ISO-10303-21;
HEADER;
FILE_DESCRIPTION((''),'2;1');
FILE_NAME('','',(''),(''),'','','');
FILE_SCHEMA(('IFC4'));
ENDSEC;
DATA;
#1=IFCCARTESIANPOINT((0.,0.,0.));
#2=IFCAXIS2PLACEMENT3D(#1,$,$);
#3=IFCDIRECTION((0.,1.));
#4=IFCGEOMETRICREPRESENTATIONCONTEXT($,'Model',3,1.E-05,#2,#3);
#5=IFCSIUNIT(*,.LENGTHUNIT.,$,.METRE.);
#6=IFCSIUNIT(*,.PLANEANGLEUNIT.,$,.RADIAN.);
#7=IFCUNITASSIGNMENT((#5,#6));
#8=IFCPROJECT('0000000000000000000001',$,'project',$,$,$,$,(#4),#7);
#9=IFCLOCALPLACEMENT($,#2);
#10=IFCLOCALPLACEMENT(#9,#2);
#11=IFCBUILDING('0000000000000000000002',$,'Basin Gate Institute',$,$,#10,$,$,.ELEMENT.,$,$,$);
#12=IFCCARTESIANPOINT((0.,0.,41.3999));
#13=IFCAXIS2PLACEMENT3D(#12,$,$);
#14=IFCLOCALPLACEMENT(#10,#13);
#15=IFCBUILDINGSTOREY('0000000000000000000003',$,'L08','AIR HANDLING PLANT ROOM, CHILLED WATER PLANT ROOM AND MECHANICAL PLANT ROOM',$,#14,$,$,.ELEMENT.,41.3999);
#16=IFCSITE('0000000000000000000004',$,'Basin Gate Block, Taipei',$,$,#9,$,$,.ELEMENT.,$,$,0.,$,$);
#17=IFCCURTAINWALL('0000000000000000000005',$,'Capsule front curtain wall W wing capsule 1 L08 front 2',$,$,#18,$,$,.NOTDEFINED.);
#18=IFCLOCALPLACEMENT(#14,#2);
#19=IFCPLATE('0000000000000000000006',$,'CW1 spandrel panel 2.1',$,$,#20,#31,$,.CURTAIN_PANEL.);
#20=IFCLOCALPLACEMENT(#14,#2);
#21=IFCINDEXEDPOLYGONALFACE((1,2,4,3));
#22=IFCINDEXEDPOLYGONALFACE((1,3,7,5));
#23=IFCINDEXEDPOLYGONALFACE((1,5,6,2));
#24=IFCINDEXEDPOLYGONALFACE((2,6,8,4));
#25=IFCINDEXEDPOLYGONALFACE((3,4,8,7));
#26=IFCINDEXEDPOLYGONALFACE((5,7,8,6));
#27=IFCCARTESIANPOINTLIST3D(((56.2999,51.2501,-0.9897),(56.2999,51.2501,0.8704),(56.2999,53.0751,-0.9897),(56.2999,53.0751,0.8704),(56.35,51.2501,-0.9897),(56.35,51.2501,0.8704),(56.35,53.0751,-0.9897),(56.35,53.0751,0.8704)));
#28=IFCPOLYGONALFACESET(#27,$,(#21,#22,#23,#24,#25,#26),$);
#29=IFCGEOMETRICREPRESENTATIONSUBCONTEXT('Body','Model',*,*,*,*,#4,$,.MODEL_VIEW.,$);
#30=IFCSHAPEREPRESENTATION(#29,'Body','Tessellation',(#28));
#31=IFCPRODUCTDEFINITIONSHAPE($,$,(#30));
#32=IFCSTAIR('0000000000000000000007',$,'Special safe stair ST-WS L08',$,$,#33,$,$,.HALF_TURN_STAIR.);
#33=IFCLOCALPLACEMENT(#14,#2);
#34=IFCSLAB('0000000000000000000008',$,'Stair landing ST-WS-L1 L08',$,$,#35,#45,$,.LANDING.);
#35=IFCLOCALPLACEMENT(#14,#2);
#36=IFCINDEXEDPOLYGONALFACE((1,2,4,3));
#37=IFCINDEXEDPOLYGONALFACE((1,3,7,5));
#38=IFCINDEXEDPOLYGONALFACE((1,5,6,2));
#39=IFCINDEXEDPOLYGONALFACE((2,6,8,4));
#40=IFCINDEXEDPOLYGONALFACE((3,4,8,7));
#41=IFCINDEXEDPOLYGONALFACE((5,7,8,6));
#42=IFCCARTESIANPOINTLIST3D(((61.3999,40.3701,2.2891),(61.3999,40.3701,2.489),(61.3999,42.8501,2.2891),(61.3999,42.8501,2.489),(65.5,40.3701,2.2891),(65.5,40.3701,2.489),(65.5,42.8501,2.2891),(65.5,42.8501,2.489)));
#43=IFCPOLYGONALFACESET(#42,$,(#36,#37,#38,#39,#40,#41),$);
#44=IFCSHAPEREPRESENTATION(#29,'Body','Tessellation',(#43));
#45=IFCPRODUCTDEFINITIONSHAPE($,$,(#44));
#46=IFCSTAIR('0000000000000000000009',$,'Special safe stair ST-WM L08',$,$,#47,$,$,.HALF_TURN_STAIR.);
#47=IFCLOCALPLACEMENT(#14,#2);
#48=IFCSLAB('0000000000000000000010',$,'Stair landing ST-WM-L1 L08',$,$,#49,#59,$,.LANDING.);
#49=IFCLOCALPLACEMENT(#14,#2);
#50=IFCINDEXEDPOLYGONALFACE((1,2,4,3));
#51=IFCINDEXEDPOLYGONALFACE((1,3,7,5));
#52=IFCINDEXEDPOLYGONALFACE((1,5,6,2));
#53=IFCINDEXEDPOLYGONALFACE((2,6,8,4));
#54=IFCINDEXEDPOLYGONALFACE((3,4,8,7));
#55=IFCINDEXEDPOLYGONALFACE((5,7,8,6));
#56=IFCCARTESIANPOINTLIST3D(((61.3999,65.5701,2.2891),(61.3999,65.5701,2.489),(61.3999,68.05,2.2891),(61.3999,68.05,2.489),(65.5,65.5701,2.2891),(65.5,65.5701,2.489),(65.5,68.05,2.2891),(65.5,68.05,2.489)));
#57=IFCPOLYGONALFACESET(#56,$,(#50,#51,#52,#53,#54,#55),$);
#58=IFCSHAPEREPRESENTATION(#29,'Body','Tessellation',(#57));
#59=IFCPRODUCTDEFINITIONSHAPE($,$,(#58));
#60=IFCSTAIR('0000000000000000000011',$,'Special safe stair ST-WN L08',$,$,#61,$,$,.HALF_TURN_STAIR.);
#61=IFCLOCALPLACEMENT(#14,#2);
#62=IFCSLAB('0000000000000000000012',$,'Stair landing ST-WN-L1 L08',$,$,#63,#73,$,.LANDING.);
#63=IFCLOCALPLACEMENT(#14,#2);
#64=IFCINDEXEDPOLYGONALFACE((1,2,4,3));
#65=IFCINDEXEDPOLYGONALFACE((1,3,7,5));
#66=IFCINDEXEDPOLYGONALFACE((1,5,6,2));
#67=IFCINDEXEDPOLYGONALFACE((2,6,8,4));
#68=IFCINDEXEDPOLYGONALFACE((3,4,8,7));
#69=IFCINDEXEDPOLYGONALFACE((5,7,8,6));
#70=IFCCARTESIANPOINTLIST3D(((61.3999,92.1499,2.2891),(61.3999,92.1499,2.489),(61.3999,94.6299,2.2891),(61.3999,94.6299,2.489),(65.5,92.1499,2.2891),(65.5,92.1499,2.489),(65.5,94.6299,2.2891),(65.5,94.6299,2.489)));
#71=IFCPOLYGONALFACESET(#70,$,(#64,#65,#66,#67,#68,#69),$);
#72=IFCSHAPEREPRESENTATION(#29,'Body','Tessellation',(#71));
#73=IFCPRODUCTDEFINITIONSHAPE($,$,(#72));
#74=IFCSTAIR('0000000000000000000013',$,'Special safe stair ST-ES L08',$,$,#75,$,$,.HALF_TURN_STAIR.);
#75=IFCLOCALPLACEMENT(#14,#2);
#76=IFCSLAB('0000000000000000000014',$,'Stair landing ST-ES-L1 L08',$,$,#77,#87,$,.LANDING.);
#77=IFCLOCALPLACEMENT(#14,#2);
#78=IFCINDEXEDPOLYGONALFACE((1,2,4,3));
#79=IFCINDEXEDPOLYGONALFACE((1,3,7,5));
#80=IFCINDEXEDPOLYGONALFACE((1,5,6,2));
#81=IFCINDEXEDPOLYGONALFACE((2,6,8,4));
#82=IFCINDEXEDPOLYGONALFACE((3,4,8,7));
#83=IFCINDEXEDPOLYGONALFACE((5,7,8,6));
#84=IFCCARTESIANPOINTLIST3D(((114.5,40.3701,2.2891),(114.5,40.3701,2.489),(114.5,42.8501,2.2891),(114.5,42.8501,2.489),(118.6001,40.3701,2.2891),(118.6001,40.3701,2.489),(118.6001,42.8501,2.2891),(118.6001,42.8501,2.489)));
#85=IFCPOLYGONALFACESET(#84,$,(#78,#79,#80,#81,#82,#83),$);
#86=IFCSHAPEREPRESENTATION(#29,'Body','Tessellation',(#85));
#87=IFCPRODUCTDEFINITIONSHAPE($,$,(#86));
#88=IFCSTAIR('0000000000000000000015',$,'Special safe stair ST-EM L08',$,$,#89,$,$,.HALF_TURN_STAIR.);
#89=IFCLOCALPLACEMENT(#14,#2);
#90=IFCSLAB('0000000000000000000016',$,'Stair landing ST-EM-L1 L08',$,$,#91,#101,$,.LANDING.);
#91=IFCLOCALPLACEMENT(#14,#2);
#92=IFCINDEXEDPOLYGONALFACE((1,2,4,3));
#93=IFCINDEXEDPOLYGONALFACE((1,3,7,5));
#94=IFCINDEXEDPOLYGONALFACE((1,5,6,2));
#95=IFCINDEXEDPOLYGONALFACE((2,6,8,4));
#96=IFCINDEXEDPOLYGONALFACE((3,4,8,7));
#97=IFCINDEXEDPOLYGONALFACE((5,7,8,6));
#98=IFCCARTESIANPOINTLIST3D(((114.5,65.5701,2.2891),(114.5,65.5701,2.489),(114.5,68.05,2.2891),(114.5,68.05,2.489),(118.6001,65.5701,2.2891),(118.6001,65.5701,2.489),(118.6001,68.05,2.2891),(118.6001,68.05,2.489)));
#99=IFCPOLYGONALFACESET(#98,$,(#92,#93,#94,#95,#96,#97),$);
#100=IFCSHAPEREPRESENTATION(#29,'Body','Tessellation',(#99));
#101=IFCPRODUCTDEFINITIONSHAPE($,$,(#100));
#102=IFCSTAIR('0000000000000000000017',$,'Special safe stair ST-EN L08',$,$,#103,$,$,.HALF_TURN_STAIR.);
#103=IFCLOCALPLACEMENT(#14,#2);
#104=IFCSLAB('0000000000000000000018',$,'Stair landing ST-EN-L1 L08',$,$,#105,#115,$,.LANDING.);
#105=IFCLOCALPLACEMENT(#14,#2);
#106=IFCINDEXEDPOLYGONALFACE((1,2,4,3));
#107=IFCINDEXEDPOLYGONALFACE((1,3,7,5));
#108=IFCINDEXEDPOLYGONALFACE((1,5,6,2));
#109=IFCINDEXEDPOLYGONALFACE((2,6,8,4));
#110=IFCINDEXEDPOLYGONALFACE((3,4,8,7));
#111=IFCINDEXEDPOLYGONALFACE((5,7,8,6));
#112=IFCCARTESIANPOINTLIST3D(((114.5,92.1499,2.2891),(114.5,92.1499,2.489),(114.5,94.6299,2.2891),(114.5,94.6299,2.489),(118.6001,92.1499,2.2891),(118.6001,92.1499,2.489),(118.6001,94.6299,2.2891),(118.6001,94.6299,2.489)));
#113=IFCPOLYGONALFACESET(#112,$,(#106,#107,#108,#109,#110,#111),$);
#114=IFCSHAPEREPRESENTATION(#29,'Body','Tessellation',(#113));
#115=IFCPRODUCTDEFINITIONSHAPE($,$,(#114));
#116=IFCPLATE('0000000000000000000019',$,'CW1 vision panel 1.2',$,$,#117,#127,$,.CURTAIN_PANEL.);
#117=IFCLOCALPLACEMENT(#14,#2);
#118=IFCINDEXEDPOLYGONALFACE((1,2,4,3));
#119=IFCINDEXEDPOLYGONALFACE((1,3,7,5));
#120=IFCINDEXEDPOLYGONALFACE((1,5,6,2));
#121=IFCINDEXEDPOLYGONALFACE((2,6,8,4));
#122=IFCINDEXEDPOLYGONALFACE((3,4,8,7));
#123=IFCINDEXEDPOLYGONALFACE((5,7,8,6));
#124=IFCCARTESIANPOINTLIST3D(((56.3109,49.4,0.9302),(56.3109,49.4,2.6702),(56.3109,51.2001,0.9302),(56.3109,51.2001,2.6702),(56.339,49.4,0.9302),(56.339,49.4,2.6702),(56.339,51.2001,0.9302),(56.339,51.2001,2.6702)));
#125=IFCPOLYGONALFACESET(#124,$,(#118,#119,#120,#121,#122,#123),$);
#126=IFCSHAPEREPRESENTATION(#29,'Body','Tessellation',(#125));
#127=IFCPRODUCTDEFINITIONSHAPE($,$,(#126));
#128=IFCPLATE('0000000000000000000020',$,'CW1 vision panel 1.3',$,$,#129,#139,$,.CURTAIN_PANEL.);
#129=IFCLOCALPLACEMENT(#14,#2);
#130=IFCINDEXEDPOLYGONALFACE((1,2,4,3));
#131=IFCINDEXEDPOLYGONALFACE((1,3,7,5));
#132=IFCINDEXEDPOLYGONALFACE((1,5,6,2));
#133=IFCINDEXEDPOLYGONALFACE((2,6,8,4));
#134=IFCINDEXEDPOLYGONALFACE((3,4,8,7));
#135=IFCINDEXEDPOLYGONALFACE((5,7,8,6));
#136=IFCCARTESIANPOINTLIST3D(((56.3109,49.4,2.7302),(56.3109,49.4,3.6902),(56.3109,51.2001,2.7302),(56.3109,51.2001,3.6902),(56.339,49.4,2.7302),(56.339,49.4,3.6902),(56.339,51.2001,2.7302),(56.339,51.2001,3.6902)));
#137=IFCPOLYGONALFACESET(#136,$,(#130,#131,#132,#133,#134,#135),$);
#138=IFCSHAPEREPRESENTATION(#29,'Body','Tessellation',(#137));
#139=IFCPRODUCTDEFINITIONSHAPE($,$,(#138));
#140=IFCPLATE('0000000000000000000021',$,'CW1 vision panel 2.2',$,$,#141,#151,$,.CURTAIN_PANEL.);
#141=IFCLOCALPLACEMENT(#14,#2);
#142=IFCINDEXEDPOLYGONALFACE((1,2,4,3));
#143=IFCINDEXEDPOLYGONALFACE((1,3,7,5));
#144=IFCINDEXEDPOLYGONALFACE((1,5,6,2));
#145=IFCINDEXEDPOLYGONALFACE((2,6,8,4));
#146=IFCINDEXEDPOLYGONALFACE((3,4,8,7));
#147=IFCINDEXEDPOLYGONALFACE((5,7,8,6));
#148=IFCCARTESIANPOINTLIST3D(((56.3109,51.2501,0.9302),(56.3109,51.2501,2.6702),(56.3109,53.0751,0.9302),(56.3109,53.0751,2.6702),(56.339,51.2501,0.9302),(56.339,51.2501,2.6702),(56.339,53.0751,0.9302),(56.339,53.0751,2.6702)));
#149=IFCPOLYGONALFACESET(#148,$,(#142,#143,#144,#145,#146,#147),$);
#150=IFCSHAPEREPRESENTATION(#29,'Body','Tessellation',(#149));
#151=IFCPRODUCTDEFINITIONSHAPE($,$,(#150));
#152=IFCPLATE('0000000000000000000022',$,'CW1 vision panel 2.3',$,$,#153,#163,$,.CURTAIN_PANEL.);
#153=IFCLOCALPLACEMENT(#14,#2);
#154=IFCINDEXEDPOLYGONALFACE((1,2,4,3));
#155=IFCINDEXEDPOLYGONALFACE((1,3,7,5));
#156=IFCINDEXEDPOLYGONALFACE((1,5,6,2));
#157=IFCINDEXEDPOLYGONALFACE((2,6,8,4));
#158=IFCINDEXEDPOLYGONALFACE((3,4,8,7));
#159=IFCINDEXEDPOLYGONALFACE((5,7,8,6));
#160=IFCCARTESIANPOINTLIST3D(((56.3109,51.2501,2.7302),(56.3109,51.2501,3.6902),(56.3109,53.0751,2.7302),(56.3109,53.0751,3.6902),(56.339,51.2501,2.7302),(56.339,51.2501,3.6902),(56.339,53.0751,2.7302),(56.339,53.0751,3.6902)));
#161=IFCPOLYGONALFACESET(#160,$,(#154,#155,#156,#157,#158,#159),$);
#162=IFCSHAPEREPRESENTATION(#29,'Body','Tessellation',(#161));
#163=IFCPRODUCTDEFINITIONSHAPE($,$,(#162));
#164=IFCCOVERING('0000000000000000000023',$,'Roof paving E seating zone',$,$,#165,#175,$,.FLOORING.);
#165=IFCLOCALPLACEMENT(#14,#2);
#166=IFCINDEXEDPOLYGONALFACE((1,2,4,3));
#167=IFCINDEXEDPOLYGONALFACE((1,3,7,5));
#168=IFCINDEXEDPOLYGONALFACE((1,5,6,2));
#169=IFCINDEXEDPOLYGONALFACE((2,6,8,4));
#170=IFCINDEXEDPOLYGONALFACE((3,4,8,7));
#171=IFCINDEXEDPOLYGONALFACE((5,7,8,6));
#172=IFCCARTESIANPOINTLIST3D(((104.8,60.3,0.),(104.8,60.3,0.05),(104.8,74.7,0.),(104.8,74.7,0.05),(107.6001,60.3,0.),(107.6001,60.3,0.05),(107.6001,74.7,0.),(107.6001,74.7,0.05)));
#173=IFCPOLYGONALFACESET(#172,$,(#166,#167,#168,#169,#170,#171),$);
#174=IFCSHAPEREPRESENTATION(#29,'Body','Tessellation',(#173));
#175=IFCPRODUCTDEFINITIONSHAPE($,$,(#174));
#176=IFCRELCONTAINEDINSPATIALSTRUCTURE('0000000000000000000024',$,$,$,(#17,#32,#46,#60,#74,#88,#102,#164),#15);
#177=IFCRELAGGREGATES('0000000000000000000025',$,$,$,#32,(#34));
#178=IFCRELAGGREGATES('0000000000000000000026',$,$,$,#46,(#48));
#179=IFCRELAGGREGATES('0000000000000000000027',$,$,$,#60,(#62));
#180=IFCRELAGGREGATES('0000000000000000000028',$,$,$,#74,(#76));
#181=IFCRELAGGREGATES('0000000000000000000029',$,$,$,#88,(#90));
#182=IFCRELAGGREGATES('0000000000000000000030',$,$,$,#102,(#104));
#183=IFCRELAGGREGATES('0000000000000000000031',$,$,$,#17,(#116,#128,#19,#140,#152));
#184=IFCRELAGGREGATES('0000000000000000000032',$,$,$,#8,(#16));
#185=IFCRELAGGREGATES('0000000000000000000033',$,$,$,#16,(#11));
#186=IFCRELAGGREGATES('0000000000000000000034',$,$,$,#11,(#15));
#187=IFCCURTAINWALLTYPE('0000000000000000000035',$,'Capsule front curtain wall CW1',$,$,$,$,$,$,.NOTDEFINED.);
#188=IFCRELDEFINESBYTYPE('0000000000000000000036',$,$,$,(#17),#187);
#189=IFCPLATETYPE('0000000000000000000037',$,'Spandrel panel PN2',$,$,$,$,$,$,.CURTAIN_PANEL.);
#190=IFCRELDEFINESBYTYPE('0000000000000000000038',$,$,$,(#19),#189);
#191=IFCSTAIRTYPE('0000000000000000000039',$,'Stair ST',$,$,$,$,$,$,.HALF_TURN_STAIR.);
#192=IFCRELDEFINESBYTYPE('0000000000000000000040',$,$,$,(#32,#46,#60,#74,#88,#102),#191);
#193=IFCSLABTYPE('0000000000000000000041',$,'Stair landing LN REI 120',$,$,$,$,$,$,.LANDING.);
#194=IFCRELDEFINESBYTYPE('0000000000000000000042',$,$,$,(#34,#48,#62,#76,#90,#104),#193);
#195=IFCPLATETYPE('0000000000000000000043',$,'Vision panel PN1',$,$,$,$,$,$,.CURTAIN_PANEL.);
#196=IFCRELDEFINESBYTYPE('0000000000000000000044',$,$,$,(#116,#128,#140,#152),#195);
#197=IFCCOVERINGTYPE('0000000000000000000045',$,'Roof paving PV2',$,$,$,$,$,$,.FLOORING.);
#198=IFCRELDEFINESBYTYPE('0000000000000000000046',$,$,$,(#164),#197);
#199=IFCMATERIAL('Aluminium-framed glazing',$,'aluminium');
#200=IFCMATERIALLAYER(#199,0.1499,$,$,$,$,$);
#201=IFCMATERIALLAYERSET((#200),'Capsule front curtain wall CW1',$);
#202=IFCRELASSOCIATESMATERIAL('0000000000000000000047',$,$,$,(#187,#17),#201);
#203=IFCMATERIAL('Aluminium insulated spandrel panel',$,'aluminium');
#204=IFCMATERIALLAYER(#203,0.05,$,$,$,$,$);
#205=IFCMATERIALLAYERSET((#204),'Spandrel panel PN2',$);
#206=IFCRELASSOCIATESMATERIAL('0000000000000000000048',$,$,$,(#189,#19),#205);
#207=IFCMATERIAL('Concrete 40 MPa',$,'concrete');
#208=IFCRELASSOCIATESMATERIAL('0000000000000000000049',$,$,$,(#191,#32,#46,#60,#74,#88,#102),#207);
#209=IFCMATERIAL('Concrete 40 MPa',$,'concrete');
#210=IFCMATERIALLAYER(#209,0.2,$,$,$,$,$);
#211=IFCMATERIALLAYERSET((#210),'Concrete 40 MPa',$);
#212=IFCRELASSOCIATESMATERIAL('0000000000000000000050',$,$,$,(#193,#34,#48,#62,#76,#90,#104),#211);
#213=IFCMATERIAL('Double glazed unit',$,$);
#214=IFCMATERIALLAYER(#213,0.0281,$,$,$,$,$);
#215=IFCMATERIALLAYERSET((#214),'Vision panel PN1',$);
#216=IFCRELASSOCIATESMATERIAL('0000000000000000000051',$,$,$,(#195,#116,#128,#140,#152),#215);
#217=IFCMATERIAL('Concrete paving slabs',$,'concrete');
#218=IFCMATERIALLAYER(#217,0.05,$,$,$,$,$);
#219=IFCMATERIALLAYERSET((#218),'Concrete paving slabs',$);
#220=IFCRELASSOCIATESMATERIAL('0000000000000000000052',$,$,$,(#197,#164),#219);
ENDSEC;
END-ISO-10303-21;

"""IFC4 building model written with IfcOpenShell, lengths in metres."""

from ifc_helpers import new_model, si_unit, direction, frame, origin, origin_2d, place, context, subcontext, project, spatial, polyline, rectangle, outline, extrude, material, layer, layer_set, type_object, element, aggregate, save


model = new_model("IFC4")

# Units and contexts
model_context = context("Model", 3, precision=1e-05, world=origin(), true_north=direction((0.0, 1.0)))
body_context = subcontext(model_context, "Body", "Model", "MODEL_VIEW")
ifc_project = project(units=[si_unit("LENGTHUNIT", "METRE"), si_unit("PLANEANGLEUNIT", "RADIAN")], contexts=[model_context])

# Site, building, storey
site_placement = place(None, origin())
site = spatial("IfcSite", under=ifc_project, at=site_placement, Name="Basin Gate Block, Taipei", CompositionType="ELEMENT", RefElevation=0.0)
building_placement = place(site_placement, origin())
building = spatial("IfcBuilding", under=site, at=building_placement, Name="Basin Gate Institute", CompositionType="ELEMENT")
storey_placement = place(building_placement, frame((0.0, 0.0, 41.3999)))
storey = spatial("IfcBuildingStorey", under=building, at=storey_placement, Name="L08", Description="AIR HANDLING PLANT ROOM, CHILLED WATER PLANT ROOM AND MECHANICAL PLANT ROOM", CompositionType="ELEMENT", Elevation=41.3999)

# Curtain wall
ifc_material_1 = material(Name="Aluminium-framed glazing", Category="aluminium")
ifc_layer_1 = layer(ifc_material_1, 0.1499)
ifc_layer_set_1 = layer_set([ifc_layer_1], Name="Capsule front curtain wall CW1")
curtain_wall_type = type_object("IfcCurtainWallType", Name="Capsule front curtain wall CW1", PredefinedType="NOTDEFINED", material=ifc_layer_set_1)
curtain_wall_placement = place(storey_placement, origin())
curtain_wall = element("IfcCurtainWall", 1, at=curtain_wall_placement, inside=storey, type_object=curtain_wall_type, material=ifc_layer_set_1, Name="Capsule front curtain wall W wing capsule 1 L08 front 2", PredefinedType="NOTDEFINED")

# Plate
ifc_material_2 = material(Name="Aluminium insulated spandrel panel", Category="aluminium")
ifc_layer_2 = layer(ifc_material_2, 0.05)
ifc_layer_set_2 = layer_set([ifc_layer_2], Name="Spandrel panel PN2")
plate_type_1 = type_object("IfcPlateType", Name="Spandrel panel PN2", PredefinedType="CURTAIN_PANEL", material=ifc_layer_set_2)
plate_1_placement = place(storey_placement, frame((56.325, 52.1626, -0.9897), z_axis=(0.0, 0.0, 1.0), x_axis=(0.0, 1.0, 0.0)))
plate_1 = element("IfcPlate", 2, at=plate_1_placement, type_object=plate_type_1, material=ifc_layer_set_2, Name="CW1 spandrel panel 2.1", PredefinedType="CURTAIN_PANEL", context=body_context, shape_type="SweptSolid", body=[
    extrude(rectangle(XDim=1.825, YDim=0.05, at=origin_2d()), origin(), (0.0, 0.0, 1.0), 1.8601),
])

# Stairs, slabs
ifc_material_3 = material(Name="Concrete 40 MPa", Category="concrete")
stair_type = type_object("IfcStairType", Name="Stair ST", PredefinedType="HALF_TURN_STAIR", material=ifc_material_3)
stair_1_placement = place(storey_placement, origin())
stair_1 = element("IfcStair", 3, at=stair_1_placement, inside=storey, type_object=stair_type, material=ifc_material_3, Name="Special safe stair ST-WS L08", PredefinedType="HALF_TURN_STAIR")
ifc_material_4 = material(Name="Concrete 40 MPa", Category="concrete")
ifc_layer_3 = layer(ifc_material_4, 0.2)
ifc_layer_set_3 = layer_set([ifc_layer_3], Name="Concrete 40 MPa")
slab_type_1 = type_object("IfcSlabType", Name="Stair landing LN REI 120", PredefinedType="LANDING", material=ifc_layer_set_3)
slab_1_placement = place(storey_placement, frame((0.0, 0.0, 2.2891)))
slab_1 = element("IfcSlab", 4, at=slab_1_placement, type_object=slab_type_1, material=ifc_layer_set_3, Name="Stair landing ST-WS-L1 L08", PredefinedType="LANDING", context=body_context, shape_type="SweptSolid", body=[
    extrude(outline(polyline([(61.3999, 40.3701), (65.5, 40.3701), (65.5, 42.8501), (61.3999, 42.8501), (61.3999, 40.3701)])), origin(), (0.0, 0.0, 1.0), 0.2),
])
aggregate(stair_1, [slab_1])
stair_2_placement = place(storey_placement, origin())
stair_2 = element("IfcStair", 5, at=stair_2_placement, inside=storey, type_object=stair_type, material=ifc_material_3, Name="Special safe stair ST-WM L08", PredefinedType="HALF_TURN_STAIR")
slab_2_placement = place(storey_placement, frame((0.0, 0.0, 2.2891)))
slab_2 = element("IfcSlab", 6, at=slab_2_placement, type_object=slab_type_1, material=ifc_layer_set_3, Name="Stair landing ST-WM-L1 L08", PredefinedType="LANDING", context=body_context, shape_type="SweptSolid", body=[
    extrude(outline(polyline([(61.3999, 65.5701), (65.5, 65.5701), (65.5, 68.05), (61.3999, 68.05), (61.3999, 65.5701)])), origin(), (0.0, 0.0, 1.0), 0.2),
])
aggregate(stair_2, [slab_2])
stair_3_placement = place(storey_placement, origin())
stair_3 = element("IfcStair", 7, at=stair_3_placement, inside=storey, type_object=stair_type, material=ifc_material_3, Name="Special safe stair ST-WN L08", PredefinedType="HALF_TURN_STAIR")
slab_3_placement = place(storey_placement, frame((0.0, 0.0, 2.2891)))
slab_3 = element("IfcSlab", 8, at=slab_3_placement, type_object=slab_type_1, material=ifc_layer_set_3, Name="Stair landing ST-WN-L1 L08", PredefinedType="LANDING", context=body_context, shape_type="SweptSolid", body=[
    extrude(outline(polyline([(61.3999, 92.1499), (65.5, 92.1499), (65.5, 94.6299), (61.3999, 94.6299), (61.3999, 92.1499)])), origin(), (0.0, 0.0, 1.0), 0.2),
])
aggregate(stair_3, [slab_3])
stair_4_placement = place(storey_placement, origin())
stair_4 = element("IfcStair", 9, at=stair_4_placement, inside=storey, type_object=stair_type, material=ifc_material_3, Name="Special safe stair ST-ES L08", PredefinedType="HALF_TURN_STAIR")
slab_4_placement = place(storey_placement, frame((0.0, 0.0, 2.2891)))
slab_4 = element("IfcSlab", 10, at=slab_4_placement, type_object=slab_type_1, material=ifc_layer_set_3, Name="Stair landing ST-ES-L1 L08", PredefinedType="LANDING", context=body_context, shape_type="SweptSolid", body=[
    extrude(outline(polyline([(118.6001, 42.8501), (114.5, 42.8501), (114.5, 40.3701), (118.6001, 40.3701), (118.6001, 42.8501)])), origin(), (0.0, 0.0, 1.0), 0.2),
])
aggregate(stair_4, [slab_4])
stair_5_placement = place(storey_placement, origin())
stair_5 = element("IfcStair", 11, at=stair_5_placement, inside=storey, type_object=stair_type, material=ifc_material_3, Name="Special safe stair ST-EM L08", PredefinedType="HALF_TURN_STAIR")
slab_5_placement = place(storey_placement, frame((0.0, 0.0, 2.2891)))
slab_5 = element("IfcSlab", 12, at=slab_5_placement, type_object=slab_type_1, material=ifc_layer_set_3, Name="Stair landing ST-EM-L1 L08", PredefinedType="LANDING", context=body_context, shape_type="SweptSolid", body=[
    extrude(outline(polyline([(118.6001, 68.05), (114.5, 68.05), (114.5, 65.5701), (118.6001, 65.5701), (118.6001, 68.05)])), origin(), (0.0, 0.0, 1.0), 0.2),
])
aggregate(stair_5, [slab_5])
stair_6_placement = place(storey_placement, origin())
stair_6 = element("IfcStair", 13, at=stair_6_placement, inside=storey, type_object=stair_type, material=ifc_material_3, Name="Special safe stair ST-EN L08", PredefinedType="HALF_TURN_STAIR")
slab_6_placement = place(storey_placement, frame((0.0, 0.0, 2.2891)))
slab_6 = element("IfcSlab", 14, at=slab_6_placement, type_object=slab_type_1, material=ifc_layer_set_3, Name="Stair landing ST-EN-L1 L08", PredefinedType="LANDING", context=body_context, shape_type="SweptSolid", body=[
    extrude(outline(polyline([(118.6001, 94.6299), (114.5, 94.6299), (114.5, 92.1499), (118.6001, 92.1499), (118.6001, 94.6299)])), origin(), (0.0, 0.0, 1.0), 0.2),
])
aggregate(stair_6, [slab_6])

# Plates
ifc_material_5 = material(Name="Double glazed unit")
ifc_layer_4 = layer(ifc_material_5, 0.0281)
ifc_layer_set_4 = layer_set([ifc_layer_4], Name="Vision panel PN1")
plate_type_2 = type_object("IfcPlateType", Name="Vision panel PN1", PredefinedType="CURTAIN_PANEL", material=ifc_layer_set_4)
plate_2_placement = place(storey_placement, frame((56.325, 50.3, 0.9302), z_axis=(0.0, 0.0, 1.0), x_axis=(0.0, 1.0, 0.0)))
plate_2 = element("IfcPlate", 15, at=plate_2_placement, type_object=plate_type_2, material=ifc_layer_set_4, Name="CW1 vision panel 1.2", PredefinedType="CURTAIN_PANEL", context=body_context, shape_type="SweptSolid", body=[
    extrude(rectangle(XDim=1.8, YDim=0.0281, at=origin_2d()), origin(), (0.0, 0.0, 1.0), 1.74),
])
plate_3_placement = place(storey_placement, frame((56.325, 50.3, 2.7302), z_axis=(0.0, 0.0, 1.0), x_axis=(0.0, 1.0, 0.0)))
plate_3 = element("IfcPlate", 16, at=plate_3_placement, type_object=plate_type_2, material=ifc_layer_set_4, Name="CW1 vision panel 1.3", PredefinedType="CURTAIN_PANEL", context=body_context, shape_type="SweptSolid", body=[
    extrude(rectangle(XDim=1.8, YDim=0.0281, at=origin_2d()), origin(), (0.0, 0.0, 1.0), 0.96),
])
plate_4_placement = place(storey_placement, frame((56.325, 52.1626, 0.9302), z_axis=(0.0, 0.0, 1.0), x_axis=(0.0, 1.0, 0.0)))
plate_4 = element("IfcPlate", 17, at=plate_4_placement, type_object=plate_type_2, material=ifc_layer_set_4, Name="CW1 vision panel 2.2", PredefinedType="CURTAIN_PANEL", context=body_context, shape_type="SweptSolid", body=[
    extrude(rectangle(XDim=1.825, YDim=0.0281, at=origin_2d()), origin(), (0.0, 0.0, 1.0), 1.74),
])
plate_5_placement = place(storey_placement, frame((56.325, 52.1626, 2.7302), z_axis=(0.0, 0.0, 1.0), x_axis=(0.0, 1.0, 0.0)))
plate_5 = element("IfcPlate", 18, at=plate_5_placement, type_object=plate_type_2, material=ifc_layer_set_4, Name="CW1 vision panel 2.3", PredefinedType="CURTAIN_PANEL", context=body_context, shape_type="SweptSolid", body=[
    extrude(rectangle(XDim=1.825, YDim=0.0281, at=origin_2d()), origin(), (0.0, 0.0, 1.0), 0.96),
])
aggregate(curtain_wall, [plate_2, plate_3, plate_1, plate_4, plate_5])

# Covering
ifc_material_6 = material(Name="Concrete paving slabs", Category="concrete")
ifc_layer_5 = layer(ifc_material_6, 0.05)
ifc_layer_set_5 = layer_set([ifc_layer_5], Name="Concrete paving slabs")
covering_type = type_object("IfcCoveringType", Name="Roof paving PV2", PredefinedType="FLOORING", material=ifc_layer_set_5)
covering_placement = place(storey_placement, origin())
element("IfcCovering", 19, at=covering_placement, inside=storey, type_object=covering_type, material=ifc_layer_set_5, Name="Roof paving E seating zone", PredefinedType="FLOORING", context=body_context, shape_type="SweptSolid", body=[
    extrude(outline(polyline([(104.8, 60.3), (107.6001, 60.3), (107.6001, 74.7), (104.8, 74.7), (104.8, 60.3)])), origin(), (0.0, 0.0, 1.0), 0.05),
])

save(model, "model.ifc")
